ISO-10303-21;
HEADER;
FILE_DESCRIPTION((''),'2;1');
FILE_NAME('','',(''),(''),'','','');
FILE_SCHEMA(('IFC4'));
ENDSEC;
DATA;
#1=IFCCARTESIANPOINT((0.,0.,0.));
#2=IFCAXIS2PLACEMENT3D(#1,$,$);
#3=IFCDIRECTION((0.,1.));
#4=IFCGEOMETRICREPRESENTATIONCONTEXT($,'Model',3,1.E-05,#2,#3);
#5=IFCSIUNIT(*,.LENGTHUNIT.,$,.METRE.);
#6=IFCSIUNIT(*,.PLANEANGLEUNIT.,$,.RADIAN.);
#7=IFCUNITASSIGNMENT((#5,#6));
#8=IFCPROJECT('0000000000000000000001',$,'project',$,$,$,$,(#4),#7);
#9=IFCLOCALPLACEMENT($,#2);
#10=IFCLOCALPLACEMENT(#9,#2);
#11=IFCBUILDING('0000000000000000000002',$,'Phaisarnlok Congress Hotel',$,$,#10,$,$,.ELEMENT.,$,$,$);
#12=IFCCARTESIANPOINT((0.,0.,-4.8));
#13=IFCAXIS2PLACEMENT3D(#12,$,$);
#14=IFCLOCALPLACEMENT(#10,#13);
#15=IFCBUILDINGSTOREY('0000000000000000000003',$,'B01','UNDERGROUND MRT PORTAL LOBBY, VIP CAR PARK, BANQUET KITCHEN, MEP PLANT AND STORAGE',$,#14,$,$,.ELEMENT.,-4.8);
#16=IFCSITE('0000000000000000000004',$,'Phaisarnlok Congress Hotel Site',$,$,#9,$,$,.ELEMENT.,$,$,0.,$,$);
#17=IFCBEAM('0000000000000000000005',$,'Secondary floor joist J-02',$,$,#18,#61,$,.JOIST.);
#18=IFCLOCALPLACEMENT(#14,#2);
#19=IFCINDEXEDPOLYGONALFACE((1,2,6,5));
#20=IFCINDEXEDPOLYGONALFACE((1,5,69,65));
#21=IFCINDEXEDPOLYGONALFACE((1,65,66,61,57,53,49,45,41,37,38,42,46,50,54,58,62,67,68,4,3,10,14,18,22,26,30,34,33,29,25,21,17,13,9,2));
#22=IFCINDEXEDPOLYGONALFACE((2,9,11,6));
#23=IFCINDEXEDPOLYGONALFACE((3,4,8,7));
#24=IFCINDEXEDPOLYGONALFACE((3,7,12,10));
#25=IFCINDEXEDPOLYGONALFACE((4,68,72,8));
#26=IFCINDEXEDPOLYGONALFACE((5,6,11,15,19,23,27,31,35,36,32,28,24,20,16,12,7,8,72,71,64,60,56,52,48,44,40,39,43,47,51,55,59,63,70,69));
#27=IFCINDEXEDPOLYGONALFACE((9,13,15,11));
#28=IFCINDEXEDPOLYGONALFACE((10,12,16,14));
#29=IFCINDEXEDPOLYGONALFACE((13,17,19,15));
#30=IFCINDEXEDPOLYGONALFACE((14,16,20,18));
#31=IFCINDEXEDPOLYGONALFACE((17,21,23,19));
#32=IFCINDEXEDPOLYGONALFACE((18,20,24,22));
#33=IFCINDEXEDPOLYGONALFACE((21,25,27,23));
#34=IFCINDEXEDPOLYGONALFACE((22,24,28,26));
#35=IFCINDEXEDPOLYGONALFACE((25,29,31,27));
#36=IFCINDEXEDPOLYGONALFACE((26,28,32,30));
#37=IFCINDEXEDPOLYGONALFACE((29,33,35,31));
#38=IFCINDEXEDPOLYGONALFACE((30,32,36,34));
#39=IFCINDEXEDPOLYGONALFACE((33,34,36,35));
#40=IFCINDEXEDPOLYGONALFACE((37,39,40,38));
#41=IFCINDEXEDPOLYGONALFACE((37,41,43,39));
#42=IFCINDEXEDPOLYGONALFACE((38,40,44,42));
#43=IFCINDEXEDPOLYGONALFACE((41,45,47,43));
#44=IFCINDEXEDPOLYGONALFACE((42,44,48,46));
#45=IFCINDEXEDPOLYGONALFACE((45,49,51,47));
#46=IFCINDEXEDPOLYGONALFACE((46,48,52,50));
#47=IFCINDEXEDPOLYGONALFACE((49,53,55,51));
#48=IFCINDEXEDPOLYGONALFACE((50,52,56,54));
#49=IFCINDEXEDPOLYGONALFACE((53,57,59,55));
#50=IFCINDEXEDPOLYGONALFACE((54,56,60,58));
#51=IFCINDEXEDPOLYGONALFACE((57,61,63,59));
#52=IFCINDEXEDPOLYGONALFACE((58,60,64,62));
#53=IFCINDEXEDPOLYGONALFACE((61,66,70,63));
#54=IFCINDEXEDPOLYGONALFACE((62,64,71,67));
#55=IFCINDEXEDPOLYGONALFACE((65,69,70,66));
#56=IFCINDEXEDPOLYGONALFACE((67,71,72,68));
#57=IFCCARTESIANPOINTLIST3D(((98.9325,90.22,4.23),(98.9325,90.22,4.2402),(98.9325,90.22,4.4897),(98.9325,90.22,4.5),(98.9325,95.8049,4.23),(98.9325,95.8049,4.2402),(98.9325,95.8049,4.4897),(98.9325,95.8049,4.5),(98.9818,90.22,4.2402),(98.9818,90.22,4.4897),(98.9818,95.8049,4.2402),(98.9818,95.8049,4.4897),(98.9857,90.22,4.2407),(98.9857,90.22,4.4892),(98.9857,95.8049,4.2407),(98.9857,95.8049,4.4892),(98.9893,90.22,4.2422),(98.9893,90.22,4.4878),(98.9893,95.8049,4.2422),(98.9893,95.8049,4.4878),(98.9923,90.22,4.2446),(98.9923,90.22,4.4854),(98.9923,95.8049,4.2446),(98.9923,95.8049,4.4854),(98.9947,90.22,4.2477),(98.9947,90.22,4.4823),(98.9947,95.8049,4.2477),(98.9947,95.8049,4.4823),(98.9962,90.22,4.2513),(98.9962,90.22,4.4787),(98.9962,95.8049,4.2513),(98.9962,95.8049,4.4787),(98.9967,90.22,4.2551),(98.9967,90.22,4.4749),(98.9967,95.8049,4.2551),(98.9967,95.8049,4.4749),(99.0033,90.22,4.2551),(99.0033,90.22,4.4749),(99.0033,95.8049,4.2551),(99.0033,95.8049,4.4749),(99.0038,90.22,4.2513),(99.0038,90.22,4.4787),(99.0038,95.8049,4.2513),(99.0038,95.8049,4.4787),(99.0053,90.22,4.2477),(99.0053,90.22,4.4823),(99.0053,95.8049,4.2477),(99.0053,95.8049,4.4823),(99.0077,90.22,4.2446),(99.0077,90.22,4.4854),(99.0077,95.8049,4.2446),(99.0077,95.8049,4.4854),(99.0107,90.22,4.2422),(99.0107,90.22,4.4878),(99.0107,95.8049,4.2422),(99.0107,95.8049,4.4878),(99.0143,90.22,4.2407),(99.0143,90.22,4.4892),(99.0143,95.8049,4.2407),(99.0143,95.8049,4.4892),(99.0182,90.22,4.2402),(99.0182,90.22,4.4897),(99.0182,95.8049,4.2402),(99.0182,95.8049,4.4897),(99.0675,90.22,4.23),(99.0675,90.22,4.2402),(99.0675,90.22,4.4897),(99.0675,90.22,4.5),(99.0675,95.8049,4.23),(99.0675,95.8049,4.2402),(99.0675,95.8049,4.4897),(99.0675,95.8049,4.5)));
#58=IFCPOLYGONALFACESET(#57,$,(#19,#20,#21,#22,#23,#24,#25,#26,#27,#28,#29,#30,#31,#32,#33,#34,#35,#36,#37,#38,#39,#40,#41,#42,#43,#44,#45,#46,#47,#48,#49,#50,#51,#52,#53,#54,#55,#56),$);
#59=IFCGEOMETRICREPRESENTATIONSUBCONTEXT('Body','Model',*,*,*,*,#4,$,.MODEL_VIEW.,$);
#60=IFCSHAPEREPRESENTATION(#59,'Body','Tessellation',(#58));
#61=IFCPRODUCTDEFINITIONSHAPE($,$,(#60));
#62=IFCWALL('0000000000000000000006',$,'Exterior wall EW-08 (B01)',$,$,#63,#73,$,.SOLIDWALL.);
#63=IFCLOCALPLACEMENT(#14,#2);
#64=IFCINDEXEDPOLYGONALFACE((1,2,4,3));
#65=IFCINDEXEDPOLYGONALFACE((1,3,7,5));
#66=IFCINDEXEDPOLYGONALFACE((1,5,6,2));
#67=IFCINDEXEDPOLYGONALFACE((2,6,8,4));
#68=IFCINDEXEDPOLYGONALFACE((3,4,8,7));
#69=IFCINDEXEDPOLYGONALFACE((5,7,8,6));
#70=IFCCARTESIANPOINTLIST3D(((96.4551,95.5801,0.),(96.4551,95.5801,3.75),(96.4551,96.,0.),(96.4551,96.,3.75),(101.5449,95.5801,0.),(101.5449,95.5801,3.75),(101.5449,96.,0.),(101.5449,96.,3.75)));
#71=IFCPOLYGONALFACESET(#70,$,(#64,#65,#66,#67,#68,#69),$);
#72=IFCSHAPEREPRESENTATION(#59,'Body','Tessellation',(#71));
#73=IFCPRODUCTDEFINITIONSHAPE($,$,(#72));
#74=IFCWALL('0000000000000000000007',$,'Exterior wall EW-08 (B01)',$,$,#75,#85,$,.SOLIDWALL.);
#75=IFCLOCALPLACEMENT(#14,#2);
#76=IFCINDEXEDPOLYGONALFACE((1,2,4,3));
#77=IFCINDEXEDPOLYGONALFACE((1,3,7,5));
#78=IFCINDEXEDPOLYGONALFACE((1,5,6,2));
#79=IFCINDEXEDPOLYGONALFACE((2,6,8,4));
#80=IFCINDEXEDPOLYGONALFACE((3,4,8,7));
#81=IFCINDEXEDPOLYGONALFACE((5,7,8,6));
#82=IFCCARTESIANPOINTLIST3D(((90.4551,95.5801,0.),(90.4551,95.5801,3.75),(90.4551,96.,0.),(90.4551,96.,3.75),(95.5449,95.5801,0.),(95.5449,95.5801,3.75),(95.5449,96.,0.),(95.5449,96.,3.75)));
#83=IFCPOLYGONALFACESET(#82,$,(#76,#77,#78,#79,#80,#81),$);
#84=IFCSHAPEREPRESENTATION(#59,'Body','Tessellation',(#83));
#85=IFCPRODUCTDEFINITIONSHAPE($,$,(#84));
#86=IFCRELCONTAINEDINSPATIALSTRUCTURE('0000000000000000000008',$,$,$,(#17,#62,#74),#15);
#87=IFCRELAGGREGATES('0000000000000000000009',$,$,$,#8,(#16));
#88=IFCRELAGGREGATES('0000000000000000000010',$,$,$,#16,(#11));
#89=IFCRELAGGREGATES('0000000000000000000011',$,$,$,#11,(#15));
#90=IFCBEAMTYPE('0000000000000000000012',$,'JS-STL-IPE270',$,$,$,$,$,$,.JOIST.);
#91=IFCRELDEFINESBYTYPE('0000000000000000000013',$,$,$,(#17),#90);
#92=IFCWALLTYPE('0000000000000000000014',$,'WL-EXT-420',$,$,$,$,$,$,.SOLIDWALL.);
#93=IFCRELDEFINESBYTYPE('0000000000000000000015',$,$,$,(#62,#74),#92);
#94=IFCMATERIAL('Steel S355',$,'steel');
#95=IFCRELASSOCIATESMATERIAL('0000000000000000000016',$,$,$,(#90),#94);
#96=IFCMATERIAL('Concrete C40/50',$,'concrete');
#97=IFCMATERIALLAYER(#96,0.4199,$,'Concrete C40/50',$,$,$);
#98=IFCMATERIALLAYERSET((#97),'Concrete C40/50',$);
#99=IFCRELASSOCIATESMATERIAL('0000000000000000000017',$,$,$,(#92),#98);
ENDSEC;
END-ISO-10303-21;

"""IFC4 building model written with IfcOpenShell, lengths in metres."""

from ifc_helpers import new_model, si_unit, direction, frame, frame_2d, origin, origin_2d, place, context, subcontext, project, spatial, rectangle, i_section, extrude, material, layer, layer_set, material_profile, profile_set, type_object, element, save


model = new_model("IFC4")

# Units and contexts
model_context = context("Model", 3, precision=1e-05, world=origin(), true_north=direction((0.0, 1.0)))
body_context = subcontext(model_context, "Body", "Model", "MODEL_VIEW")
ifc_project = project(units=[si_unit("LENGTHUNIT", "METRE"), si_unit("PLANEANGLEUNIT", "RADIAN")], contexts=[model_context])

# Site, building, storey
site_placement = place(None, origin())
site = spatial("IfcSite", under=ifc_project, at=site_placement, Name="Phaisarnlok Congress Hotel Site", CompositionType="ELEMENT", RefElevation=0.0)
building_placement = place(site_placement, origin())
building = spatial("IfcBuilding", under=site, at=building_placement, Name="Phaisarnlok Congress Hotel", CompositionType="ELEMENT")
storey_placement = place(building_placement, frame((0.0, 0.0, -4.8)))
storey = spatial("IfcBuildingStorey", under=building, at=storey_placement, Name="B01", Description="UNDERGROUND MRT PORTAL LOBBY, VIP CAR PARK, BANQUET KITCHEN, MEP PLANT AND STORAGE", CompositionType="ELEMENT", Elevation=-4.8)

# Shared definitions
ifc_material_1 = material(Name="Concrete C40/50", Category="concrete")

# Beam
ifc_material_2 = material(Name="Steel S355", Category="steel")
ifc_material_profile_1 = material_profile(ifc_material_2, i_section(OverallWidth=0.135, OverallDepth=0.27, WebThickness=0.0066, FlangeThickness=0.0103, FilletRadius=0.0149, at=origin_2d()), Name="IPE 270")
ifc_profile_set_1 = profile_set([ifc_material_profile_1], Name="Steel S355")
beam_type_1 = type_object("IfcBeamType", Name="JS-STL-IPE270", PredefinedType="JOIST", material=ifc_profile_set_1)
beam_1_placement = place(storey_placement, frame((99.0, 90.22, 4.365), z_axis=(0.0, 1.0, 0.0), x_axis=(-1.0, 0.0, 0.0)))
element("IfcBeam", 1, at=beam_1_placement, inside=storey, type_object=beam_type_1, Name="Secondary floor joist J-02", PredefinedType="JOIST", context=body_context, shape_type="SweptSolid", body=[
    extrude(i_section(OverallWidth=0.135, OverallDepth=0.27, WebThickness=0.0066, FlangeThickness=0.0103, FilletRadius=0.0149, at=origin_2d()), origin(), (0.0, 0.0, 1.0), 5.585),
])

# Walls
ifc_layer = layer(ifc_material_1, 0.4199, Name="Concrete C40/50")
ifc_layer_set = layer_set([ifc_layer], Name="Concrete C40/50")
wall_type = type_object("IfcWallType", Name="WL-EXT-420", PredefinedType="SOLIDWALL", material=ifc_layer_set)
for number, where, z_axis, x_axis, name in (
    (2, (101.5449, 95.79, 0.0), (0.0, 0.0, 1.0), (-1.0, 0.0, 0.0), "Exterior wall EW-08 (B01)"),
    (3, (95.5449, 95.79, 0.0), (0.0, 0.0, 1.0), (-1.0, 0.0, 0.0), "Exterior wall EW-08 (B01)"),
):
    element("IfcWall", number, at=place(storey_placement, frame(where, z_axis=z_axis, x_axis=x_axis)), inside=storey, type_object=wall_type, Name=name, PredefinedType="SOLIDWALL", context=body_context, shape_type="SweptSolid", body=[
        extrude(rectangle(XDim=5.0898, YDim=0.4199, at=frame_2d((2.5449, 0.0))), origin(), (0.0, 0.0, 1.0), 3.75),
    ])

save(model, "model.ifc")
